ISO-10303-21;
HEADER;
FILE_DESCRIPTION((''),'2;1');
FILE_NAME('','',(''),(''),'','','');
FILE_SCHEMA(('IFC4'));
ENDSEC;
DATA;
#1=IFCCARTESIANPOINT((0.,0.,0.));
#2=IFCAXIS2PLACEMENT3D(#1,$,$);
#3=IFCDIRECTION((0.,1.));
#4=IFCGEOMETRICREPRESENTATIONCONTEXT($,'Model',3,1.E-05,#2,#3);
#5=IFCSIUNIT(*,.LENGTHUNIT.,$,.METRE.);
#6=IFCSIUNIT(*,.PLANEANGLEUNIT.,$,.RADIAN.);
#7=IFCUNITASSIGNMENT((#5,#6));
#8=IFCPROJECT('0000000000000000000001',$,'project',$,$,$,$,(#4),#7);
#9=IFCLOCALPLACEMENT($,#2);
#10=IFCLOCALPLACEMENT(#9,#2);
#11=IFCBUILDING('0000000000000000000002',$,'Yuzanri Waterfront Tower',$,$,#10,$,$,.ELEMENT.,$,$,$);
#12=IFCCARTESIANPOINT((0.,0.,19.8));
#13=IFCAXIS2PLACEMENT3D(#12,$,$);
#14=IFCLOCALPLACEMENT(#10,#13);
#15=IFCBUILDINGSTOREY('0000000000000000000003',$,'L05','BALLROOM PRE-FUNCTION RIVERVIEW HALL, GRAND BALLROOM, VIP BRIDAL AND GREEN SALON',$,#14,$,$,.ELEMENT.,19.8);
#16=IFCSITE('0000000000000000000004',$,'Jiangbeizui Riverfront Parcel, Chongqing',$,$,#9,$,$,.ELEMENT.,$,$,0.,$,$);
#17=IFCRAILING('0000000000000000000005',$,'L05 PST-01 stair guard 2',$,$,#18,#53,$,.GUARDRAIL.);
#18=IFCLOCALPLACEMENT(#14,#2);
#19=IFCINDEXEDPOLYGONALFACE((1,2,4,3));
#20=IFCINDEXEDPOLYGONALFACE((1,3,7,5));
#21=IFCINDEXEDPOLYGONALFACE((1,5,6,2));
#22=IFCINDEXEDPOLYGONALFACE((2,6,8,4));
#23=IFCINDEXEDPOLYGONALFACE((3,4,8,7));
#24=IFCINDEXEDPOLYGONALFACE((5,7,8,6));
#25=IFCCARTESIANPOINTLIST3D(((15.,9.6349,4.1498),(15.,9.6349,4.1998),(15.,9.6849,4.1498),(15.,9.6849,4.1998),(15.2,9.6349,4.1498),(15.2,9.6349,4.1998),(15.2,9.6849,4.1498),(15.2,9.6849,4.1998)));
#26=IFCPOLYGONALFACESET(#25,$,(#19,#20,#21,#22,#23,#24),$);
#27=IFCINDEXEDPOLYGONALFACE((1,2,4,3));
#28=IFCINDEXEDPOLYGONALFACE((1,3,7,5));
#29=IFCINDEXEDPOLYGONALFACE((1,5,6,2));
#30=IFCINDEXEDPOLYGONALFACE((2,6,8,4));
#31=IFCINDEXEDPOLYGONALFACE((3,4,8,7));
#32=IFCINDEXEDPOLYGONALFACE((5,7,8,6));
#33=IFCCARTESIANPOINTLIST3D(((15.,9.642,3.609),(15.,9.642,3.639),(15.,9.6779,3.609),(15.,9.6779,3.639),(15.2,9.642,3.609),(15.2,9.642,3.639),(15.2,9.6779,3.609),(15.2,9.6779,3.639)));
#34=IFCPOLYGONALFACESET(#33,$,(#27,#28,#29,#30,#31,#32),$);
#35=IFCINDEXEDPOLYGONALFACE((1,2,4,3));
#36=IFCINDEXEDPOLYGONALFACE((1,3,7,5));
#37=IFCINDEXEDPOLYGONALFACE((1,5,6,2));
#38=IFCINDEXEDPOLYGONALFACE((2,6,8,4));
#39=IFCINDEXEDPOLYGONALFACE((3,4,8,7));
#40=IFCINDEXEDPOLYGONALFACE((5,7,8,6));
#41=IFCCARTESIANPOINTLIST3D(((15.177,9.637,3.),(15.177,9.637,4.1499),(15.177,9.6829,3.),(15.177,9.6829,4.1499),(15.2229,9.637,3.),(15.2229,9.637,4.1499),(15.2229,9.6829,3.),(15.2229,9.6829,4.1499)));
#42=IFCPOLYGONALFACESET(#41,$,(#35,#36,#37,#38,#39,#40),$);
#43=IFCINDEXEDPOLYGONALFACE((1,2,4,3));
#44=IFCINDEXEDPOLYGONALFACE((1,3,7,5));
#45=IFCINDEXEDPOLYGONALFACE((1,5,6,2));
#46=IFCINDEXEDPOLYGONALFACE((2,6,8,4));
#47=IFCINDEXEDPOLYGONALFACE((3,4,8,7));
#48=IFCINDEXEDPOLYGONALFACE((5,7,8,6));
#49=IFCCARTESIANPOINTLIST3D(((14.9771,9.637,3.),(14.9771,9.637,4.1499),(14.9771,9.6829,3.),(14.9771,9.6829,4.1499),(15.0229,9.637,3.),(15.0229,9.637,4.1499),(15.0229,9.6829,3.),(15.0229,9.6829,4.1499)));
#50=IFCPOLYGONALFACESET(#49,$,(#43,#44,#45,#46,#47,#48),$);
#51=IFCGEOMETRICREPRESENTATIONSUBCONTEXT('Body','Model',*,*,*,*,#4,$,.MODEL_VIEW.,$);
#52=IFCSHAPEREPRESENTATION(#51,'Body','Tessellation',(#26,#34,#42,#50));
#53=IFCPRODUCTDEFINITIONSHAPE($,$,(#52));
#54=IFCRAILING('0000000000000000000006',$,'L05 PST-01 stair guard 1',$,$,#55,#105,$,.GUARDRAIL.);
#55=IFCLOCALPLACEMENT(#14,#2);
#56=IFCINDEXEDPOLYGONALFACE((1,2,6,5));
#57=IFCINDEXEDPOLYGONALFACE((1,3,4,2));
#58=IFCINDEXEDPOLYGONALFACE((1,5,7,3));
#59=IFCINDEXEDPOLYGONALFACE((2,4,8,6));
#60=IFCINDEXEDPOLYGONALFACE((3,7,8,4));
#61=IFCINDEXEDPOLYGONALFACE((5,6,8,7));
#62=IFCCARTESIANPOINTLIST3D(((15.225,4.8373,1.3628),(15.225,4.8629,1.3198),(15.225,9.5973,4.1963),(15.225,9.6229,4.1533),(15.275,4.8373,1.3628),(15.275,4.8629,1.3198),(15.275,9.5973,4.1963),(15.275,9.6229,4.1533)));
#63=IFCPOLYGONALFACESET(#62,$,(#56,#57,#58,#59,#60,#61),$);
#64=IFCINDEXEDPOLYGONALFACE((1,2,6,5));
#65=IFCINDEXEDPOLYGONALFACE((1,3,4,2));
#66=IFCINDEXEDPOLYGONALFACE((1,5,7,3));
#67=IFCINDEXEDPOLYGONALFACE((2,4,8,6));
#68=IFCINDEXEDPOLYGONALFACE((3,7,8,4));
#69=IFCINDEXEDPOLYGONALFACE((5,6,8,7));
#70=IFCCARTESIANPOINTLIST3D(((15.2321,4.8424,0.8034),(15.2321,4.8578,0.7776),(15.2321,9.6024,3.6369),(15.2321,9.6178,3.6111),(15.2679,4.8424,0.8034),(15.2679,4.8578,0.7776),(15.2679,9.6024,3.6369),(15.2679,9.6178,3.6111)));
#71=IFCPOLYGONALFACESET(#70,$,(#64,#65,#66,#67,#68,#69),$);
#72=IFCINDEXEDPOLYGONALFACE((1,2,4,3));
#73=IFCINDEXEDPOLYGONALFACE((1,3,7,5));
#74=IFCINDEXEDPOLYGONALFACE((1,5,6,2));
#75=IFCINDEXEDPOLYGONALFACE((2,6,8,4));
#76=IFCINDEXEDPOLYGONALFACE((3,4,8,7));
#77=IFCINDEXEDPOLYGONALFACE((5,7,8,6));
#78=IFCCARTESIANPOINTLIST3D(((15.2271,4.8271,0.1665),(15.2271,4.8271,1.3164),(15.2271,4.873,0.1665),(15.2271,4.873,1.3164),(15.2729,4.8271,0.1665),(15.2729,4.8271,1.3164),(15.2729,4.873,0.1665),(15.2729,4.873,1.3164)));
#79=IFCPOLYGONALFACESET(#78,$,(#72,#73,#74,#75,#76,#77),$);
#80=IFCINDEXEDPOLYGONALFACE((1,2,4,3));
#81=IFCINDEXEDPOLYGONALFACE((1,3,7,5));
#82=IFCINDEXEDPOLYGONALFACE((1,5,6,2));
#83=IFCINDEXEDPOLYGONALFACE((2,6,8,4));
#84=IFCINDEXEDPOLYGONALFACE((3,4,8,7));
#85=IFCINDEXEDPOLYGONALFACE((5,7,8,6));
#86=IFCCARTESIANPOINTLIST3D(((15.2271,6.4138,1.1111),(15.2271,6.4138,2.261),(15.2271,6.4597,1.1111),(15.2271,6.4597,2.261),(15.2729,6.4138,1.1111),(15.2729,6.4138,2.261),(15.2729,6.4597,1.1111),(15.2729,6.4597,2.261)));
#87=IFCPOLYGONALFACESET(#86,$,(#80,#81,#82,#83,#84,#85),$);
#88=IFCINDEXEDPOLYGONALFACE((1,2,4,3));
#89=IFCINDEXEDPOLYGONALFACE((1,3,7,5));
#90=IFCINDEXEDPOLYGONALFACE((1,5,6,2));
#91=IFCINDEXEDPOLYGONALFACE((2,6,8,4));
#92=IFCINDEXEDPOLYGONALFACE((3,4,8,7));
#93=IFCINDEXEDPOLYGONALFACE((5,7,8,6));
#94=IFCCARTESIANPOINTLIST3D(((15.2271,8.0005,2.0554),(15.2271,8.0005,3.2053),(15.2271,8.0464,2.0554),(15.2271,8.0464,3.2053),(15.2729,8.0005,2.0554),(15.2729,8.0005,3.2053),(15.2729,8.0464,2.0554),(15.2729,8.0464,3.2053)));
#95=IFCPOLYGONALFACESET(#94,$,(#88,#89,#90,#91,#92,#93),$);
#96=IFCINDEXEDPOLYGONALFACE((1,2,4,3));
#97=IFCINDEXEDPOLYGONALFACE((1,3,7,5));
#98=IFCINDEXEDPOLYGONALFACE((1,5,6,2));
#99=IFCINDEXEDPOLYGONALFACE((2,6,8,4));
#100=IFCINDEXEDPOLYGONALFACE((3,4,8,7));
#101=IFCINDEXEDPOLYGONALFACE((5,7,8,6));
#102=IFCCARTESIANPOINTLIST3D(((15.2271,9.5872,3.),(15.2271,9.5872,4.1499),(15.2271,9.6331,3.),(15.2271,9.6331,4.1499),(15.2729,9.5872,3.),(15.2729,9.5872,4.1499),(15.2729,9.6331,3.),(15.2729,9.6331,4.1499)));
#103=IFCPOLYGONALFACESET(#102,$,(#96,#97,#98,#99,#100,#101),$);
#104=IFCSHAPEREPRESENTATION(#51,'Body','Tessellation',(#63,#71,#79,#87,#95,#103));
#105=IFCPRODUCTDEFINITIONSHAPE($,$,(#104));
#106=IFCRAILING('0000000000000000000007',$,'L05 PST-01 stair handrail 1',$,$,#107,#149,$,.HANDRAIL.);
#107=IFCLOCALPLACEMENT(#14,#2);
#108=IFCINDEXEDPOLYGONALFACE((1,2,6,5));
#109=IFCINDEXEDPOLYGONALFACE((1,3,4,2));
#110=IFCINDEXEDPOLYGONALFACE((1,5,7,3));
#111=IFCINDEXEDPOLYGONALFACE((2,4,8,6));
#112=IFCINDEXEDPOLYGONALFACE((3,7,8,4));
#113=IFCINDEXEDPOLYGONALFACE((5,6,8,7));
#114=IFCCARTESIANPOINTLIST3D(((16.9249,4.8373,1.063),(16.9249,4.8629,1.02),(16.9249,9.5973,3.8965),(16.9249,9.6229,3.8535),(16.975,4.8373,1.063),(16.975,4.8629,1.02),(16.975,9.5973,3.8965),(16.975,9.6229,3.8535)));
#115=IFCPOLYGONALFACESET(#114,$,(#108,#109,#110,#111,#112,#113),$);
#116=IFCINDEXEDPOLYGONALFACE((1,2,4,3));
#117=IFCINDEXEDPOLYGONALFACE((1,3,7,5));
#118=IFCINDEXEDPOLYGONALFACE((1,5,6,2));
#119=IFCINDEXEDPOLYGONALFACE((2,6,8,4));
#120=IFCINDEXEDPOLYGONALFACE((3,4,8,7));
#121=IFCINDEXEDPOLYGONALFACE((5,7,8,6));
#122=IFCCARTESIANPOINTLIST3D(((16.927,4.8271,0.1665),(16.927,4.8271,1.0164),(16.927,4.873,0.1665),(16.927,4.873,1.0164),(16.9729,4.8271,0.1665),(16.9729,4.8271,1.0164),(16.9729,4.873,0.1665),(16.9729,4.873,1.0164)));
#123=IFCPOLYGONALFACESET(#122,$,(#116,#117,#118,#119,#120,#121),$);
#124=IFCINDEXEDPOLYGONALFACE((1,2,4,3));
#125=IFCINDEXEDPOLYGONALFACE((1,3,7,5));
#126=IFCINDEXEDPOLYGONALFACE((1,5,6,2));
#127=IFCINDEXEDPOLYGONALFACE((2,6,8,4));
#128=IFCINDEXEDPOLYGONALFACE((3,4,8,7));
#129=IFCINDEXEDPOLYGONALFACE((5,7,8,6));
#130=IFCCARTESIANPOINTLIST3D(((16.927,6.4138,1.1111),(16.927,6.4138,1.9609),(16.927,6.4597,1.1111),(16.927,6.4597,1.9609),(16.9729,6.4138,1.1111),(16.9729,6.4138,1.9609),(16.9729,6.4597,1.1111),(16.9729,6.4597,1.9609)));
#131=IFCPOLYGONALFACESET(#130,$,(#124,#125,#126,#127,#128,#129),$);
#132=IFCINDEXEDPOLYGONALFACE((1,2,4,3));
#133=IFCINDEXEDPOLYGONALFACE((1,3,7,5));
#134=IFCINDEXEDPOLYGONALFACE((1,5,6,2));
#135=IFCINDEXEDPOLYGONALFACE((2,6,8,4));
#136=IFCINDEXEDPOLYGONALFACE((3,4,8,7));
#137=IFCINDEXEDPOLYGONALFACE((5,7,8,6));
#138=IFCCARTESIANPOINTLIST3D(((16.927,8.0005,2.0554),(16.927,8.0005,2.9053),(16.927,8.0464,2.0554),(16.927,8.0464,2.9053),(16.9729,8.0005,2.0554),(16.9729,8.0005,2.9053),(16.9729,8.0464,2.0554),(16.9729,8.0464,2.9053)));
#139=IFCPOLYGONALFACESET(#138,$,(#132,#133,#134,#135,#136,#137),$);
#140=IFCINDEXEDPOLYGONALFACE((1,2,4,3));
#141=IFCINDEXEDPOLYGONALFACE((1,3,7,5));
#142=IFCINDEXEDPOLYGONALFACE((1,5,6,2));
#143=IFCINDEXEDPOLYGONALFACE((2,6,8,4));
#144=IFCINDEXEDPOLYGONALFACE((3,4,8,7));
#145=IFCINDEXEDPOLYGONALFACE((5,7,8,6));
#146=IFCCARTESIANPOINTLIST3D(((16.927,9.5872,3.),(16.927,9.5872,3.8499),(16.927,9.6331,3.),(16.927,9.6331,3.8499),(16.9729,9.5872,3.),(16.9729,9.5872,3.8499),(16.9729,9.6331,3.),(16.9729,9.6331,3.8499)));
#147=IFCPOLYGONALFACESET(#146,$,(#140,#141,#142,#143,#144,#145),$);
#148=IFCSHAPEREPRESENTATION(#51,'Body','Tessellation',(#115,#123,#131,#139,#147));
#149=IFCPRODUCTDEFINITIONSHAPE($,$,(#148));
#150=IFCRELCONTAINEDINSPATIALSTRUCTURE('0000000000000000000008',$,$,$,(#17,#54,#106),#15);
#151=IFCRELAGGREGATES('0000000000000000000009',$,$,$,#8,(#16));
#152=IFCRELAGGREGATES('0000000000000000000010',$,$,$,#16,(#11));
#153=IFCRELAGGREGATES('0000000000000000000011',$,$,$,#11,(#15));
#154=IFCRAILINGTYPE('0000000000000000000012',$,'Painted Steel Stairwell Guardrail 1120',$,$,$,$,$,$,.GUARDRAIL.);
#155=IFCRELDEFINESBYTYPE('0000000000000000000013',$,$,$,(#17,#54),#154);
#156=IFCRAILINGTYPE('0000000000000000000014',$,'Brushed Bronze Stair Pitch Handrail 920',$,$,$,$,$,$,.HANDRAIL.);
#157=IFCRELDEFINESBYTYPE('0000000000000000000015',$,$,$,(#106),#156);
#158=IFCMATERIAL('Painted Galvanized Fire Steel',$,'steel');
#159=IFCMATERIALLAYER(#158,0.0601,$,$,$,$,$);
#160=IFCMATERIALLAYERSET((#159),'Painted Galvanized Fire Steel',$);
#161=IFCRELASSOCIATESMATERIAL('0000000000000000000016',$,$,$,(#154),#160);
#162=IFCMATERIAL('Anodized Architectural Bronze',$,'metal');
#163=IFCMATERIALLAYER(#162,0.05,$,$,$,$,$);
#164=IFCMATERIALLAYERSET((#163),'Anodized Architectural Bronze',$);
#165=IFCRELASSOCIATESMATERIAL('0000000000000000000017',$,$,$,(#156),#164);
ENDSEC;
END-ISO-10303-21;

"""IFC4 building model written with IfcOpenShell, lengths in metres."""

from ifc_helpers import new_model, si_unit, direction, frame, origin, origin_2d, place, context, subcontext, project, spatial, rectangle, extrude, source, transform, mapped, material, layer, layer_set, type_object, element, save


model = new_model("IFC4")

# Units and contexts
model_context = context("Model", 3, precision=1e-05, world=origin(), true_north=direction((0.0, 1.0)))
body_context = subcontext(model_context, "Body", "Model", "MODEL_VIEW")
ifc_project = project(units=[si_unit("LENGTHUNIT", "METRE"), si_unit("PLANEANGLEUNIT", "RADIAN")], contexts=[model_context])

# Site, building, storey
site_placement = place(None, origin())
site = spatial("IfcSite", under=ifc_project, at=site_placement, Name="Jiangbeizui Riverfront Parcel, Chongqing", CompositionType="ELEMENT", RefElevation=0.0)
building_placement = place(site_placement, origin())
building = spatial("IfcBuilding", under=site, at=building_placement, Name="Yuzanri Waterfront Tower", CompositionType="ELEMENT")
storey_placement = place(building_placement, frame((0.0, 0.0, 19.8)))
storey = spatial("IfcBuildingStorey", under=building, at=storey_placement, Name="L05", Description="BALLROOM PRE-FUNCTION RIVERVIEW HALL, GRAND BALLROOM, VIP BRIDAL AND GREEN SALON", CompositionType="ELEMENT", Elevation=19.8)

# Railings
ifc_material_1 = material(Name="Painted Galvanized Fire Steel", Category="steel")
ifc_layer_1 = layer(ifc_material_1, 0.0601)
ifc_layer_set_1 = layer_set([ifc_layer_1], Name="Painted Galvanized Fire Steel")
railing_type_1 = type_object("IfcRailingType", Name="Painted Steel Stairwell Guardrail 1120", PredefinedType="GUARDRAIL", material=ifc_layer_set_1)
shared_shape_1 = source(origin(), body_context, "Body", "SweptSolid", [
    extrude(rectangle(XDim=0.05, YDim=0.05, at=origin_2d()), frame((0.0, 0.0, 1.1748), z_axis=(-1.0, 0.0, 0.0), x_axis=(0.0, -1.0, 0.0)), (0.0, 0.0, 1.0), 0.2),
    extrude(rectangle(XDim=0.0359, YDim=0.03, at=origin_2d()), frame((0.0, 0.0, 0.624), z_axis=(-1.0, 0.0, 0.0), x_axis=(0.0, -1.0, 0.0)), (0.0, 0.0, 1.0), 0.2),
    extrude(rectangle(XDim=0.0459, YDim=0.0459, at=origin_2d()), origin(), (0.0, 0.0, 1.0), 1.1499),
    extrude(rectangle(XDim=0.0459, YDim=0.0459, at=origin_2d()), frame((-0.2, 0.0, 0.0)), (0.0, 0.0, 1.0), 1.1499),
])
railing_1_placement = place(storey_placement, frame((15.2, 9.6599, 3.0)))
element("IfcRailing", 1, at=railing_1_placement, inside=storey, type_object=railing_type_1, Name="L05 PST-01 stair guard 2", PredefinedType="GUARDRAIL", context=body_context, shape_type="MappedRepresentation", body=[
    mapped(shared_shape_1, transform((0.0, 0.0, 0.0), scale=1.0)),
])
shared_shape_2 = source(origin(), body_context, "Body", "SweptSolid", [
    extrude(rectangle(XDim=0.05, YDim=0.05, at=origin_2d()), frame((0.0, 0.0, 1.1748), z_axis=(0.0, 0.85928, 0.511505), x_axis=(-1.0, 0.0, 0.0)), (0.0, 0.0, 1.0), 5.5396),
    extrude(rectangle(XDim=0.0359, YDim=0.03, at=origin_2d()), frame((0.0, 0.0, 0.624), z_axis=(0.0, 0.85928, 0.511505), x_axis=(-1.0, 0.0, 0.0)), (0.0, 0.0, 1.0), 5.5396),
    extrude(rectangle(XDim=0.0459, YDim=0.0459, at=origin_2d()), origin(), (0.0, 0.0, 1.0), 1.1499),
    extrude(rectangle(XDim=0.0459, YDim=0.0459, at=origin_2d()), frame((0.0, 1.5867, 0.9446)), (0.0, 0.0, 1.0), 1.1499),
    extrude(rectangle(XDim=0.0459, YDim=0.0459, at=origin_2d()), frame((0.0, 3.1733, 1.8889)), (0.0, 0.0, 1.0), 1.1499),
    extrude(rectangle(XDim=0.0459, YDim=0.0459, at=origin_2d()), frame((0.0, 4.76, 2.8335)), (0.0, 0.0, 1.0), 1.1499),
])
railing_2_placement = place(storey_placement, frame((15.25, 4.8501, 0.1665)))
element("IfcRailing", 2, at=railing_2_placement, inside=storey, type_object=railing_type_1, Name="L05 PST-01 stair guard 1", PredefinedType="GUARDRAIL", context=body_context, shape_type="MappedRepresentation", body=[
    mapped(shared_shape_2, transform((0.0, 0.0, 0.0), scale=1.0)),
])
ifc_material_2 = material(Name="Anodized Architectural Bronze", Category="metal")
ifc_layer_2 = layer(ifc_material_2, 0.05)
ifc_layer_set_2 = layer_set([ifc_layer_2], Name="Anodized Architectural Bronze")
railing_type_2 = type_object("IfcRailingType", Name="Brushed Bronze Stair Pitch Handrail 920", PredefinedType="HANDRAIL", material=ifc_layer_set_2)
shared_shape_3 = source(origin(), body_context, "Body", "SweptSolid", [
    extrude(rectangle(XDim=0.05, YDim=0.05, at=origin_2d()), frame((0.0, 0.0, 0.875), z_axis=(0.0, 0.85928, 0.511505), x_axis=(-1.0, 0.0, 0.0)), (0.0, 0.0, 1.0), 5.5396),
    extrude(rectangle(XDim=0.0459, YDim=0.0459, at=origin_2d()), origin(), (0.0, 0.0, 1.0), 0.8499),
    extrude(rectangle(XDim=0.0459, YDim=0.0459, at=origin_2d()), frame((0.0, 1.5867, 0.9446)), (0.0, 0.0, 1.0), 0.8499),
    extrude(rectangle(XDim=0.0459, YDim=0.0459, at=origin_2d()), frame((0.0, 3.1733, 1.8889)), (0.0, 0.0, 1.0), 0.8499),
    extrude(rectangle(XDim=0.0459, YDim=0.0459, at=origin_2d()), frame((0.0, 4.76, 2.8335)), (0.0, 0.0, 1.0), 0.8499),
])
railing_3_placement = place(storey_placement, frame((16.95, 4.8501, 0.1665)))
element("IfcRailing", 3, at=railing_3_placement, inside=storey, type_object=railing_type_2, Name="L05 PST-01 stair handrail 1", PredefinedType="HANDRAIL", context=body_context, shape_type="MappedRepresentation", body=[
    mapped(shared_shape_3, transform((0.0, 0.0, 0.0), scale=1.0)),
])

save(model, "model.ifc")
